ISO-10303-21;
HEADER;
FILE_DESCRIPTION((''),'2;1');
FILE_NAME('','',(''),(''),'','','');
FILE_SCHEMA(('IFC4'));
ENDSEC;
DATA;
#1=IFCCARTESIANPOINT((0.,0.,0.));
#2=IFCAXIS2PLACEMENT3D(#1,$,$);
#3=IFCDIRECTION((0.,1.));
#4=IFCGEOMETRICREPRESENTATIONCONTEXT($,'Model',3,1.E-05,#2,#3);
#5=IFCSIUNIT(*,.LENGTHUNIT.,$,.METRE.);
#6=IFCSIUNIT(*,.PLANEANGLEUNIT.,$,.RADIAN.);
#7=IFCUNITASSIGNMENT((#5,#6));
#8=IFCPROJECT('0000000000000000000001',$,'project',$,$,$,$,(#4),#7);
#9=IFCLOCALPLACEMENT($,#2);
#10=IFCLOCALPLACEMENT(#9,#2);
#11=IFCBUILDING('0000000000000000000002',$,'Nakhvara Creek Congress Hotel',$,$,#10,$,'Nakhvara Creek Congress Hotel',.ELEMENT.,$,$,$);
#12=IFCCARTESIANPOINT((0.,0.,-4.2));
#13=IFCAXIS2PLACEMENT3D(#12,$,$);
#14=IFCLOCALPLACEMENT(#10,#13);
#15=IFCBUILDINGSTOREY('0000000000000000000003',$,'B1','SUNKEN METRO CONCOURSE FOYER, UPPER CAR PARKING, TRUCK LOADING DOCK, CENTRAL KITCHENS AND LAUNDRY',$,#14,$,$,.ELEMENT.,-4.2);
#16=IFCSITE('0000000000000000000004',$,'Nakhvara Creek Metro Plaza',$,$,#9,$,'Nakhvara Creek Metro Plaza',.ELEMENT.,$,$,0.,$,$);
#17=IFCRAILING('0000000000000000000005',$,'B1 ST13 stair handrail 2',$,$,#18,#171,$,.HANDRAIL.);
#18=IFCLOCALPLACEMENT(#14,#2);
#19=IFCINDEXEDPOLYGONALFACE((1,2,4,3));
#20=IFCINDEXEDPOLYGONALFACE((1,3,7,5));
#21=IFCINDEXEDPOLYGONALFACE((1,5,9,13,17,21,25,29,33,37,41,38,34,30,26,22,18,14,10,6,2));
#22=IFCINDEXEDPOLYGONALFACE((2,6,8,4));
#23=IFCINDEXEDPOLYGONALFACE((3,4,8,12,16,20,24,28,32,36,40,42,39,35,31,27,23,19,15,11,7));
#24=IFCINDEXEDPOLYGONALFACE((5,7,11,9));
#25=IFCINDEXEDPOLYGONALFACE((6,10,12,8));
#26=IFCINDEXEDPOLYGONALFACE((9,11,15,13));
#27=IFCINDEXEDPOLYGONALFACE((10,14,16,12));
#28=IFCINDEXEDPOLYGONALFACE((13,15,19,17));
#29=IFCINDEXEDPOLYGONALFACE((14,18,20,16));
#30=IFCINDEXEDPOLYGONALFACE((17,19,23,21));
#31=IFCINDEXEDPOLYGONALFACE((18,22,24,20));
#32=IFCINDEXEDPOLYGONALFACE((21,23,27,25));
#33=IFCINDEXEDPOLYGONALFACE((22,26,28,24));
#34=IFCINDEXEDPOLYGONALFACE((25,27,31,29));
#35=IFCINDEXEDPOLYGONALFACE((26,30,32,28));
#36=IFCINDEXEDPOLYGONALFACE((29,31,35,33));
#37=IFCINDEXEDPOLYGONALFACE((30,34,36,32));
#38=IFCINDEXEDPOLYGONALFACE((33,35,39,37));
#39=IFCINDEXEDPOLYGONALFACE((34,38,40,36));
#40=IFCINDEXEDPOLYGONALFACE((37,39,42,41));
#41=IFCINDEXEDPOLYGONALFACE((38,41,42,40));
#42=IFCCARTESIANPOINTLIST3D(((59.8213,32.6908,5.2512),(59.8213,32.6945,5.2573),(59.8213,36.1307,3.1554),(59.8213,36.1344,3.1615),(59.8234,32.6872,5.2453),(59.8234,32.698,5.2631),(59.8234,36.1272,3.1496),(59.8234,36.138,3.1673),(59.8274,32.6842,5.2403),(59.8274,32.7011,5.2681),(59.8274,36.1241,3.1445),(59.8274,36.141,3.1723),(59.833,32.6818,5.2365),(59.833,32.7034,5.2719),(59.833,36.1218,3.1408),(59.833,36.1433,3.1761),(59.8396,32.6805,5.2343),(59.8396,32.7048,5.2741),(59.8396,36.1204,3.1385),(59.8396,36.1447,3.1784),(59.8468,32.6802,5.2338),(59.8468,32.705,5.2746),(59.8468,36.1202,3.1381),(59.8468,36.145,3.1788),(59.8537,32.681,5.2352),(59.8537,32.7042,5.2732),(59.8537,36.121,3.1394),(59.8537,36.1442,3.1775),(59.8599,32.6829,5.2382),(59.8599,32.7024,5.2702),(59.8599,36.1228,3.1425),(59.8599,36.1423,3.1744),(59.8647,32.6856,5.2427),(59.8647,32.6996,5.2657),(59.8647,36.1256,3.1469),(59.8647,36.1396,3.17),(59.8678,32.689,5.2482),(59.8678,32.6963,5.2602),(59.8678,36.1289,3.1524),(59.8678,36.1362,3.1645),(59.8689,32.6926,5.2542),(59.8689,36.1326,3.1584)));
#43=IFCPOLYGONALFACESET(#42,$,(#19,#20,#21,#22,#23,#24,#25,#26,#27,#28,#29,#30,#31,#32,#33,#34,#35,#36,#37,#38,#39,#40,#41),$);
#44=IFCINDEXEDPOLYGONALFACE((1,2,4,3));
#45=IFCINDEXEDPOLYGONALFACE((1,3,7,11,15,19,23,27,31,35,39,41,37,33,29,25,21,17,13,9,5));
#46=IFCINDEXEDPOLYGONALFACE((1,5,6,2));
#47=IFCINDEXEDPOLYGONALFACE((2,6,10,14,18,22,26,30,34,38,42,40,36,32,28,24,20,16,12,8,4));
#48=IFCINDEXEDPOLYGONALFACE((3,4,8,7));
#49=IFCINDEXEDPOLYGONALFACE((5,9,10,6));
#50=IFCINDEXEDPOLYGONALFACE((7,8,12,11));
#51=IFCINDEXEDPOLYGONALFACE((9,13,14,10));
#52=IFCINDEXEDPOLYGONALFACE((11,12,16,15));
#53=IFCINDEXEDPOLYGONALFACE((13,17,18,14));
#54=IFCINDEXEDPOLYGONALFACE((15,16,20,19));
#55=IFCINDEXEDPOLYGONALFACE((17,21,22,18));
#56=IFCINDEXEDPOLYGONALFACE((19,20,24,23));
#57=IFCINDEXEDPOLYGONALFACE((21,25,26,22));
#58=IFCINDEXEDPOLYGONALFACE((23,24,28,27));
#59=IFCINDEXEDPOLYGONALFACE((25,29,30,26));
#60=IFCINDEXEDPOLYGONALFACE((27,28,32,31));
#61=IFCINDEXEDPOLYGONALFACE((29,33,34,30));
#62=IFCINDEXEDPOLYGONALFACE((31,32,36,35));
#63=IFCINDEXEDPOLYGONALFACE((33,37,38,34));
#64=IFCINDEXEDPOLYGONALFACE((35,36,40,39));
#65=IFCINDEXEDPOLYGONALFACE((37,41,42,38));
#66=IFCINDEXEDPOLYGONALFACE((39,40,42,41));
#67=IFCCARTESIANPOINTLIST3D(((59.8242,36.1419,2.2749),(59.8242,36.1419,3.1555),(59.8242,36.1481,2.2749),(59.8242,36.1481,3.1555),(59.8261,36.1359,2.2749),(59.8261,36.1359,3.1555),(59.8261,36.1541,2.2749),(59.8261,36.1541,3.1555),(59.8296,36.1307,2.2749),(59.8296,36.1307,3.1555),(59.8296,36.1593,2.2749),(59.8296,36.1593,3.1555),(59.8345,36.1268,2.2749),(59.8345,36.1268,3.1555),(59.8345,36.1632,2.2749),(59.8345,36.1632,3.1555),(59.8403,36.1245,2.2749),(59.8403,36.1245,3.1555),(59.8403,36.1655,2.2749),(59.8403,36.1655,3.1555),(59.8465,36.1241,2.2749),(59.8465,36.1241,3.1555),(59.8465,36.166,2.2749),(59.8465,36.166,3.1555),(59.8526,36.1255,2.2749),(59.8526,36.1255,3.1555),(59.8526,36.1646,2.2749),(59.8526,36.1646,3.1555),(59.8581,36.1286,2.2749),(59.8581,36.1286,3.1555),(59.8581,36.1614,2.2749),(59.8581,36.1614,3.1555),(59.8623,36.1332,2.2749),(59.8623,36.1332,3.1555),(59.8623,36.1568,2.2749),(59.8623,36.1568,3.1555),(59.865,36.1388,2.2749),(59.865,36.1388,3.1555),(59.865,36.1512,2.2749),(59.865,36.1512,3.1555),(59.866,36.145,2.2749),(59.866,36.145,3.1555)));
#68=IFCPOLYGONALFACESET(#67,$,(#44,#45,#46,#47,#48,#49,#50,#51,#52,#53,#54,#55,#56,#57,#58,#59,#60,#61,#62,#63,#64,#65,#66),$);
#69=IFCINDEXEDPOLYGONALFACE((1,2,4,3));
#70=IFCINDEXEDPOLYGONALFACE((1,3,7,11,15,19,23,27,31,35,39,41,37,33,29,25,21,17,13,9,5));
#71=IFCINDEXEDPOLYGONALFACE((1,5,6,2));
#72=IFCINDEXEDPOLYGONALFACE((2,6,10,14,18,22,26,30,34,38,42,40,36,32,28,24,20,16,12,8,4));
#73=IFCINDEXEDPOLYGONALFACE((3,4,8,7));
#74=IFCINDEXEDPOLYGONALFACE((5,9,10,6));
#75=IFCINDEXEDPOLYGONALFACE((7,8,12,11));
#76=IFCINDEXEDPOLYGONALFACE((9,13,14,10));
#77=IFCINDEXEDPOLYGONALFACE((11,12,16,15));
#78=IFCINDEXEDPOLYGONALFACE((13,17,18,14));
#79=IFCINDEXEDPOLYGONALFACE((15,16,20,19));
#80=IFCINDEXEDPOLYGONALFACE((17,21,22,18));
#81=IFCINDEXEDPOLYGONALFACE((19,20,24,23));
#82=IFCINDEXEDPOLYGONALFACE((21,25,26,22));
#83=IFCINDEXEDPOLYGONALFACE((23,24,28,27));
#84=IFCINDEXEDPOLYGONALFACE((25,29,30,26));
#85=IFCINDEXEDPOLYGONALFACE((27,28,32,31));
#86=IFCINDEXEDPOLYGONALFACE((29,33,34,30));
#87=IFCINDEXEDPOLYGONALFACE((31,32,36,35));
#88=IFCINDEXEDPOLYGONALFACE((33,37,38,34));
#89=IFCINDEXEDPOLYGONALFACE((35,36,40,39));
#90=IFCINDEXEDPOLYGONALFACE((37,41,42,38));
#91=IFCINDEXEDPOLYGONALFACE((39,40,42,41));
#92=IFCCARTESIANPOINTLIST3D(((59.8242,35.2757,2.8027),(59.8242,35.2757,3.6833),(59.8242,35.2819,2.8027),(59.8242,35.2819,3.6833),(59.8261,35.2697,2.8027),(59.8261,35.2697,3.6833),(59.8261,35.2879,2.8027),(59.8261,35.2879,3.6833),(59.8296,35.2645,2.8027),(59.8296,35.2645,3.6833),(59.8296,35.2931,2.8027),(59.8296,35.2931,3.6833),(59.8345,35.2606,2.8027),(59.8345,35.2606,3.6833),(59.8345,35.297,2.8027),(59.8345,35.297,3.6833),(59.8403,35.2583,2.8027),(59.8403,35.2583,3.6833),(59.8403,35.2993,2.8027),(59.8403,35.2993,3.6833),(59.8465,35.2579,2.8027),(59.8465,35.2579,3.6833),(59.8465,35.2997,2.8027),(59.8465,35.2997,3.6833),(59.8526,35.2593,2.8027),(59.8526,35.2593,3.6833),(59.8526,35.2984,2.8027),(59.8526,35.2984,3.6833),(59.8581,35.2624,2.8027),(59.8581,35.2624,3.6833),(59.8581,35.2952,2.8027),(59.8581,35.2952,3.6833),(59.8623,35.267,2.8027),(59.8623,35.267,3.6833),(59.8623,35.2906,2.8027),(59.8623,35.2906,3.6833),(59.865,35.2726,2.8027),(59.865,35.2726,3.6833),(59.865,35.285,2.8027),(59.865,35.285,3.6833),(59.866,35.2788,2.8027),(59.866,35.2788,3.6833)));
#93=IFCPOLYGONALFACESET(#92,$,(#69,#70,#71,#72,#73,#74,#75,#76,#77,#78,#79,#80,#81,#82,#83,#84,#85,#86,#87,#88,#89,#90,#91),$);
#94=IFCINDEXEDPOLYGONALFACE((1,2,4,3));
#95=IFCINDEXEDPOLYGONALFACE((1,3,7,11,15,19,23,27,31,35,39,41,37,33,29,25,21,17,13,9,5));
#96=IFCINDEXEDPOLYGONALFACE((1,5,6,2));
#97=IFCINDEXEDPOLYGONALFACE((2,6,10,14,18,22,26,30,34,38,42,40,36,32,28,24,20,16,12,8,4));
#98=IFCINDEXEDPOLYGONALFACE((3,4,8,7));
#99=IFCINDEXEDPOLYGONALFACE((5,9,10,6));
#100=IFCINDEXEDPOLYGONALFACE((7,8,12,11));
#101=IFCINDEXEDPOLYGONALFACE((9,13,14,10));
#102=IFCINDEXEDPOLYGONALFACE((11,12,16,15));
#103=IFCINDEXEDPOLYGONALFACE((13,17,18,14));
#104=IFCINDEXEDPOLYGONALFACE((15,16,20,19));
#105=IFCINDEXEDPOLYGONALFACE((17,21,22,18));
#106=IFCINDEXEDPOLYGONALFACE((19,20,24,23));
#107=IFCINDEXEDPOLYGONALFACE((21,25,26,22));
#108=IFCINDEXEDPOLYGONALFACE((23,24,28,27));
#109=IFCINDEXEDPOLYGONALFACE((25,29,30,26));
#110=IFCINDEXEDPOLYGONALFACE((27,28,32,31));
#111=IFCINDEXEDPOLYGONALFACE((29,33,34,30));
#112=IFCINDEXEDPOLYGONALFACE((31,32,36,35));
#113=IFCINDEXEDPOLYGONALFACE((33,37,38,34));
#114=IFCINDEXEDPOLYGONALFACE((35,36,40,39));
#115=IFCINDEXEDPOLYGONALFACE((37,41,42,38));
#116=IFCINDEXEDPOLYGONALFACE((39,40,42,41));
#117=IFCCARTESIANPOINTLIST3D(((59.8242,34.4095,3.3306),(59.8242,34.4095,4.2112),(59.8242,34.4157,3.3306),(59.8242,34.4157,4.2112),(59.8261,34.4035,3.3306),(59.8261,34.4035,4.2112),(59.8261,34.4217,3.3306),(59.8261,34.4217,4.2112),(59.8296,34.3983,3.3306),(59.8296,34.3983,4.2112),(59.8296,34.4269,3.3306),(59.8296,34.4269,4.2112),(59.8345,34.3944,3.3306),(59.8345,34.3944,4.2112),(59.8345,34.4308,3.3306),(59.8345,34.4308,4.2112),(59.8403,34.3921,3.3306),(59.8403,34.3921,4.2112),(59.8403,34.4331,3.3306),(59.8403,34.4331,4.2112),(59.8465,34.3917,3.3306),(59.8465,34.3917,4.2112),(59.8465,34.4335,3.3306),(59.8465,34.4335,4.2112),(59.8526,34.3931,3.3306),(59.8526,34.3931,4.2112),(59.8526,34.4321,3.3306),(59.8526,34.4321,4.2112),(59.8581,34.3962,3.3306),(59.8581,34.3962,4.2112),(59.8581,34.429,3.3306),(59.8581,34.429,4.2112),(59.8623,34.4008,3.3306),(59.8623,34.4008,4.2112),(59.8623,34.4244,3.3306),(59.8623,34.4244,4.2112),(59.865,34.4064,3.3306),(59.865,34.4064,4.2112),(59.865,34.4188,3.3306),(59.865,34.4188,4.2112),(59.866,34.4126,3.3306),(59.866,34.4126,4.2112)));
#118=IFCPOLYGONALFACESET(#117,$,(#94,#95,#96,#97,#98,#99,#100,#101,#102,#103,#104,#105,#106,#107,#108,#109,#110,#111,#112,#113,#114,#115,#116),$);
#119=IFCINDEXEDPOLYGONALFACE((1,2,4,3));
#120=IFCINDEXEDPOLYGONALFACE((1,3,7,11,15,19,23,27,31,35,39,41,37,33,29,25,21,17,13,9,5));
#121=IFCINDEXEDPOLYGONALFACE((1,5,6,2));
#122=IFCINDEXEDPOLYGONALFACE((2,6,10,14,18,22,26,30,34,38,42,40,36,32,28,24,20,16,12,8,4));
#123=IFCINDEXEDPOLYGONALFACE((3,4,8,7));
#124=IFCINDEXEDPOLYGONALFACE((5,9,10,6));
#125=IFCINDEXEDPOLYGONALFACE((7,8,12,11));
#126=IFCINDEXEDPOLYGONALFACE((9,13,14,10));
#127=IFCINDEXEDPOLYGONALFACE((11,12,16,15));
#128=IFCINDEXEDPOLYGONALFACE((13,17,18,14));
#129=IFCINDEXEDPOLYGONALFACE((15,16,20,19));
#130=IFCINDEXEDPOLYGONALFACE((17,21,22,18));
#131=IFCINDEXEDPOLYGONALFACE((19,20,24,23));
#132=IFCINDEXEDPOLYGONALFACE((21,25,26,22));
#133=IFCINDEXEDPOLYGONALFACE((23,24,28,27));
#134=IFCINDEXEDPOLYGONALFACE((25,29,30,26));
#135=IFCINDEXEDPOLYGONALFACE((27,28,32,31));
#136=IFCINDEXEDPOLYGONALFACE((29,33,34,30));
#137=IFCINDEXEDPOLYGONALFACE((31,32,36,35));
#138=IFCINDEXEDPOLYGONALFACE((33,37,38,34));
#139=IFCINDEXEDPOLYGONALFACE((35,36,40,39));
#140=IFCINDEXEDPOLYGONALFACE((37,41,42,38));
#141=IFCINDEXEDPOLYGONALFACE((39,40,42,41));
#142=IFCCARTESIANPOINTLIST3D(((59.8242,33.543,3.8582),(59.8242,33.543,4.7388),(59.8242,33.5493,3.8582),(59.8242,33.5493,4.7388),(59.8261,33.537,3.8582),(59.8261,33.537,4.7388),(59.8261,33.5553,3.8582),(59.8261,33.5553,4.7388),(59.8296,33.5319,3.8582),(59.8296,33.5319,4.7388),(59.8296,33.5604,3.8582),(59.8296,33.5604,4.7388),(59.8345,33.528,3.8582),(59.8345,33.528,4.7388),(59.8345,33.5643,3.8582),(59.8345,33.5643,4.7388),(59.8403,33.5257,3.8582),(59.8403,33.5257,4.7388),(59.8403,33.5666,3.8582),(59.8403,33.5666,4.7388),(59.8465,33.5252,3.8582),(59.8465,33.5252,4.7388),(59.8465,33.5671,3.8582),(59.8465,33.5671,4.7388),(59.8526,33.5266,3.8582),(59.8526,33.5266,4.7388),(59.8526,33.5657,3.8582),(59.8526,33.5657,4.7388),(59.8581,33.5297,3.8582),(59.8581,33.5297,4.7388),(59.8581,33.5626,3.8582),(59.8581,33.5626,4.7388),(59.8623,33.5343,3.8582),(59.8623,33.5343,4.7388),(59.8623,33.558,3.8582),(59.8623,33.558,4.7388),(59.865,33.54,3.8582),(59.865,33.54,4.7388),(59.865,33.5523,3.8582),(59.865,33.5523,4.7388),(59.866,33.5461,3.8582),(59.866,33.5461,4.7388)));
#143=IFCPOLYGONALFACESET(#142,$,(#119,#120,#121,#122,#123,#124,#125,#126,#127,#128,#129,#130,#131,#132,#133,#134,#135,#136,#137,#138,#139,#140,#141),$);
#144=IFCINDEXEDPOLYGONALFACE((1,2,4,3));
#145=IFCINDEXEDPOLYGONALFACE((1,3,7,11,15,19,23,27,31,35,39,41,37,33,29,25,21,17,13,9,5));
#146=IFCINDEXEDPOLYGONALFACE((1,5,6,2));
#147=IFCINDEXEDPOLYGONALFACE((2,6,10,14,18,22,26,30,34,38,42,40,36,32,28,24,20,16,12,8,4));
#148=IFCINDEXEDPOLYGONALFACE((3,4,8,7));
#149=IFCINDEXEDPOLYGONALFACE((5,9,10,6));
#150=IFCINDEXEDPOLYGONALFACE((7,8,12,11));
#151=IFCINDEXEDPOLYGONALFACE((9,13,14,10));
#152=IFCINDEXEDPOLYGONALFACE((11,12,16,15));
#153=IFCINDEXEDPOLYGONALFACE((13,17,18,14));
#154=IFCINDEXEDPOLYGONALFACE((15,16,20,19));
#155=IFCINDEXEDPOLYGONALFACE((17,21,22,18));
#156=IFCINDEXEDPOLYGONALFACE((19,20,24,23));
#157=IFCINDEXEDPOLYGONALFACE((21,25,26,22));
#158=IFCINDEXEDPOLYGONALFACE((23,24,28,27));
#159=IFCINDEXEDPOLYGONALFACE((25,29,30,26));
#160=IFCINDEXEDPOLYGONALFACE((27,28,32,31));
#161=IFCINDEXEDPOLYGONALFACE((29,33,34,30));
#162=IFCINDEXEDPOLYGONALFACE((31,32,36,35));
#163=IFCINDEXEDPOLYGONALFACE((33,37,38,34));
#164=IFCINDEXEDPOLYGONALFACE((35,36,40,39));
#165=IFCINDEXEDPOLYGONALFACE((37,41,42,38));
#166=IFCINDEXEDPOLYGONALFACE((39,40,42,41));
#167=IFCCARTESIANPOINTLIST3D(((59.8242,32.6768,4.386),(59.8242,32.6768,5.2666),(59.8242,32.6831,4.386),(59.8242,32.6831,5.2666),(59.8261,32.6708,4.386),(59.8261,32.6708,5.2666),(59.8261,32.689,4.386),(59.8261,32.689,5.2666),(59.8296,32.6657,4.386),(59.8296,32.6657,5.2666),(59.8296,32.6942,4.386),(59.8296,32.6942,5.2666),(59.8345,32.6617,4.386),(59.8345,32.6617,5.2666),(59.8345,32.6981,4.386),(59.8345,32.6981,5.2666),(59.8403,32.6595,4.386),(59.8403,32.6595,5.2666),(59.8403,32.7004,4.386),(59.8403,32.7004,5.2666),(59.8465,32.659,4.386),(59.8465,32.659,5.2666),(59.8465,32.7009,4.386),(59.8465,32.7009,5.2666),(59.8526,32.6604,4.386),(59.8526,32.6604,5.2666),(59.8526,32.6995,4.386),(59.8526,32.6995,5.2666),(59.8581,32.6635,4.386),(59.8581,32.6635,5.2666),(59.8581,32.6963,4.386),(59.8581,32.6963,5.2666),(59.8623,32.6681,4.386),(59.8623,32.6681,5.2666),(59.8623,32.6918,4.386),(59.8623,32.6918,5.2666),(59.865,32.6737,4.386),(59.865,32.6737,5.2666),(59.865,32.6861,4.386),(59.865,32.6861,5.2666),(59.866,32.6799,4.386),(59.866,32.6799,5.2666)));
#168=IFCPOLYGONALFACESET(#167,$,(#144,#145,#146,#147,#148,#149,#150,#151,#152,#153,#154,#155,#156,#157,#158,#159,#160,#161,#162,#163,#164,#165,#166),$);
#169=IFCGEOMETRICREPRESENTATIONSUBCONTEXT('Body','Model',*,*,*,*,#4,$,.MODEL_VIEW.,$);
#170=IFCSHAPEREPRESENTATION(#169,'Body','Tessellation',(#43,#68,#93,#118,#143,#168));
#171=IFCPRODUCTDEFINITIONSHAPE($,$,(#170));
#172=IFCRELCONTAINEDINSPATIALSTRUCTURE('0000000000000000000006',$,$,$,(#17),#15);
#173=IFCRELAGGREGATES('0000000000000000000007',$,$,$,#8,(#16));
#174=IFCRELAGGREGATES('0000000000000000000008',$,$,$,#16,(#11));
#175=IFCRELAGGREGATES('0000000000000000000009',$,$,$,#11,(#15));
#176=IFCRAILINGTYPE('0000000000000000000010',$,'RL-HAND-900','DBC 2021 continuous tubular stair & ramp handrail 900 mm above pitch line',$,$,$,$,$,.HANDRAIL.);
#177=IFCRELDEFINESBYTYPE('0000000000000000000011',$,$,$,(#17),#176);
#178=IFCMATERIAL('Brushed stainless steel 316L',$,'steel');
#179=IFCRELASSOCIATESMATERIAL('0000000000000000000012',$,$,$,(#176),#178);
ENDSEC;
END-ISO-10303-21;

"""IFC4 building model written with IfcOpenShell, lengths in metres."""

from ifc_helpers import new_model, si_unit, direction, frame, origin, origin_2d, place, context, subcontext, project, spatial, circle, extrude, material, type_object, element, save


model = new_model("IFC4")

# Units and contexts
model_context = context("Model", 3, precision=1e-05, world=origin(), true_north=direction((0.0, 1.0)))
body_context = subcontext(model_context, "Body", "Model", "MODEL_VIEW")
ifc_project = project(units=[si_unit("LENGTHUNIT", "METRE"), si_unit("PLANEANGLEUNIT", "RADIAN")], contexts=[model_context])

# Site, building, storey
site_placement = place(None, origin())
site = spatial("IfcSite", under=ifc_project, at=site_placement, Name="Nakhvara Creek Metro Plaza", LongName="Nakhvara Creek Metro Plaza", CompositionType="ELEMENT", RefElevation=0.0)
building_placement = place(site_placement, origin())
building = spatial("IfcBuilding", under=site, at=building_placement, Name="Nakhvara Creek Congress Hotel", LongName="Nakhvara Creek Congress Hotel", CompositionType="ELEMENT")
storey_placement = place(building_placement, frame((0.0, 0.0, -4.2)))
storey = spatial("IfcBuildingStorey", under=building, at=storey_placement, Name="B1", Description="SUNKEN METRO CONCOURSE FOYER, UPPER CAR PARKING, TRUCK LOADING DOCK, CENTRAL KITCHENS AND LAUNDRY", CompositionType="ELEMENT", Elevation=-4.2)

# Railing
ifc_material_1 = material(Name="Brushed stainless steel 316L", Category="steel")
railing_type_1 = type_object("IfcRailingType", Name="RL-HAND-900", Description="DBC 2021 continuous tubular stair & ramp handrail 900 mm above pitch line", PredefinedType="HANDRAIL", material=ifc_material_1)
railing_1_placement = place(storey_placement, frame((59.845, 36.145, 2.2749)))
element("IfcRailing", 1, at=railing_1_placement, inside=storey, type_object=railing_type_1, Name="B1 ST13 stair handrail 2", PredefinedType="HANDRAIL", context=body_context, shape_type="SweptSolid", body=[
    extrude(circle(Radius=0.0239, at=origin_2d()), frame((0.0, -0.0125, 0.8835), z_axis=(0.0, -0.853991, 0.520289), x_axis=(1.0, 0.0, 0.0)), (0.0, 0.0, 1.0), 4.0281),
    extrude(circle(Radius=0.021, at=origin_2d()), origin(), (0.0, 0.0, 1.0), 0.8806),
    extrude(circle(Radius=0.021, at=origin_2d()), frame((0.0, -0.8662, 0.5278)), (0.0, 0.0, 1.0), 0.8806),
    extrude(circle(Radius=0.021, at=origin_2d()), frame((0.0, -1.7324, 1.0557)), (0.0, 0.0, 1.0), 0.8806),
    extrude(circle(Radius=0.021, at=origin_2d()), frame((0.0, -2.5989, 1.5833)), (0.0, 0.0, 1.0), 0.8806),
    extrude(circle(Radius=0.021, at=origin_2d()), frame((0.0, -3.4651, 2.1111)), (0.0, 0.0, 1.0), 0.8806),
])

save(model, "model.ifc")
